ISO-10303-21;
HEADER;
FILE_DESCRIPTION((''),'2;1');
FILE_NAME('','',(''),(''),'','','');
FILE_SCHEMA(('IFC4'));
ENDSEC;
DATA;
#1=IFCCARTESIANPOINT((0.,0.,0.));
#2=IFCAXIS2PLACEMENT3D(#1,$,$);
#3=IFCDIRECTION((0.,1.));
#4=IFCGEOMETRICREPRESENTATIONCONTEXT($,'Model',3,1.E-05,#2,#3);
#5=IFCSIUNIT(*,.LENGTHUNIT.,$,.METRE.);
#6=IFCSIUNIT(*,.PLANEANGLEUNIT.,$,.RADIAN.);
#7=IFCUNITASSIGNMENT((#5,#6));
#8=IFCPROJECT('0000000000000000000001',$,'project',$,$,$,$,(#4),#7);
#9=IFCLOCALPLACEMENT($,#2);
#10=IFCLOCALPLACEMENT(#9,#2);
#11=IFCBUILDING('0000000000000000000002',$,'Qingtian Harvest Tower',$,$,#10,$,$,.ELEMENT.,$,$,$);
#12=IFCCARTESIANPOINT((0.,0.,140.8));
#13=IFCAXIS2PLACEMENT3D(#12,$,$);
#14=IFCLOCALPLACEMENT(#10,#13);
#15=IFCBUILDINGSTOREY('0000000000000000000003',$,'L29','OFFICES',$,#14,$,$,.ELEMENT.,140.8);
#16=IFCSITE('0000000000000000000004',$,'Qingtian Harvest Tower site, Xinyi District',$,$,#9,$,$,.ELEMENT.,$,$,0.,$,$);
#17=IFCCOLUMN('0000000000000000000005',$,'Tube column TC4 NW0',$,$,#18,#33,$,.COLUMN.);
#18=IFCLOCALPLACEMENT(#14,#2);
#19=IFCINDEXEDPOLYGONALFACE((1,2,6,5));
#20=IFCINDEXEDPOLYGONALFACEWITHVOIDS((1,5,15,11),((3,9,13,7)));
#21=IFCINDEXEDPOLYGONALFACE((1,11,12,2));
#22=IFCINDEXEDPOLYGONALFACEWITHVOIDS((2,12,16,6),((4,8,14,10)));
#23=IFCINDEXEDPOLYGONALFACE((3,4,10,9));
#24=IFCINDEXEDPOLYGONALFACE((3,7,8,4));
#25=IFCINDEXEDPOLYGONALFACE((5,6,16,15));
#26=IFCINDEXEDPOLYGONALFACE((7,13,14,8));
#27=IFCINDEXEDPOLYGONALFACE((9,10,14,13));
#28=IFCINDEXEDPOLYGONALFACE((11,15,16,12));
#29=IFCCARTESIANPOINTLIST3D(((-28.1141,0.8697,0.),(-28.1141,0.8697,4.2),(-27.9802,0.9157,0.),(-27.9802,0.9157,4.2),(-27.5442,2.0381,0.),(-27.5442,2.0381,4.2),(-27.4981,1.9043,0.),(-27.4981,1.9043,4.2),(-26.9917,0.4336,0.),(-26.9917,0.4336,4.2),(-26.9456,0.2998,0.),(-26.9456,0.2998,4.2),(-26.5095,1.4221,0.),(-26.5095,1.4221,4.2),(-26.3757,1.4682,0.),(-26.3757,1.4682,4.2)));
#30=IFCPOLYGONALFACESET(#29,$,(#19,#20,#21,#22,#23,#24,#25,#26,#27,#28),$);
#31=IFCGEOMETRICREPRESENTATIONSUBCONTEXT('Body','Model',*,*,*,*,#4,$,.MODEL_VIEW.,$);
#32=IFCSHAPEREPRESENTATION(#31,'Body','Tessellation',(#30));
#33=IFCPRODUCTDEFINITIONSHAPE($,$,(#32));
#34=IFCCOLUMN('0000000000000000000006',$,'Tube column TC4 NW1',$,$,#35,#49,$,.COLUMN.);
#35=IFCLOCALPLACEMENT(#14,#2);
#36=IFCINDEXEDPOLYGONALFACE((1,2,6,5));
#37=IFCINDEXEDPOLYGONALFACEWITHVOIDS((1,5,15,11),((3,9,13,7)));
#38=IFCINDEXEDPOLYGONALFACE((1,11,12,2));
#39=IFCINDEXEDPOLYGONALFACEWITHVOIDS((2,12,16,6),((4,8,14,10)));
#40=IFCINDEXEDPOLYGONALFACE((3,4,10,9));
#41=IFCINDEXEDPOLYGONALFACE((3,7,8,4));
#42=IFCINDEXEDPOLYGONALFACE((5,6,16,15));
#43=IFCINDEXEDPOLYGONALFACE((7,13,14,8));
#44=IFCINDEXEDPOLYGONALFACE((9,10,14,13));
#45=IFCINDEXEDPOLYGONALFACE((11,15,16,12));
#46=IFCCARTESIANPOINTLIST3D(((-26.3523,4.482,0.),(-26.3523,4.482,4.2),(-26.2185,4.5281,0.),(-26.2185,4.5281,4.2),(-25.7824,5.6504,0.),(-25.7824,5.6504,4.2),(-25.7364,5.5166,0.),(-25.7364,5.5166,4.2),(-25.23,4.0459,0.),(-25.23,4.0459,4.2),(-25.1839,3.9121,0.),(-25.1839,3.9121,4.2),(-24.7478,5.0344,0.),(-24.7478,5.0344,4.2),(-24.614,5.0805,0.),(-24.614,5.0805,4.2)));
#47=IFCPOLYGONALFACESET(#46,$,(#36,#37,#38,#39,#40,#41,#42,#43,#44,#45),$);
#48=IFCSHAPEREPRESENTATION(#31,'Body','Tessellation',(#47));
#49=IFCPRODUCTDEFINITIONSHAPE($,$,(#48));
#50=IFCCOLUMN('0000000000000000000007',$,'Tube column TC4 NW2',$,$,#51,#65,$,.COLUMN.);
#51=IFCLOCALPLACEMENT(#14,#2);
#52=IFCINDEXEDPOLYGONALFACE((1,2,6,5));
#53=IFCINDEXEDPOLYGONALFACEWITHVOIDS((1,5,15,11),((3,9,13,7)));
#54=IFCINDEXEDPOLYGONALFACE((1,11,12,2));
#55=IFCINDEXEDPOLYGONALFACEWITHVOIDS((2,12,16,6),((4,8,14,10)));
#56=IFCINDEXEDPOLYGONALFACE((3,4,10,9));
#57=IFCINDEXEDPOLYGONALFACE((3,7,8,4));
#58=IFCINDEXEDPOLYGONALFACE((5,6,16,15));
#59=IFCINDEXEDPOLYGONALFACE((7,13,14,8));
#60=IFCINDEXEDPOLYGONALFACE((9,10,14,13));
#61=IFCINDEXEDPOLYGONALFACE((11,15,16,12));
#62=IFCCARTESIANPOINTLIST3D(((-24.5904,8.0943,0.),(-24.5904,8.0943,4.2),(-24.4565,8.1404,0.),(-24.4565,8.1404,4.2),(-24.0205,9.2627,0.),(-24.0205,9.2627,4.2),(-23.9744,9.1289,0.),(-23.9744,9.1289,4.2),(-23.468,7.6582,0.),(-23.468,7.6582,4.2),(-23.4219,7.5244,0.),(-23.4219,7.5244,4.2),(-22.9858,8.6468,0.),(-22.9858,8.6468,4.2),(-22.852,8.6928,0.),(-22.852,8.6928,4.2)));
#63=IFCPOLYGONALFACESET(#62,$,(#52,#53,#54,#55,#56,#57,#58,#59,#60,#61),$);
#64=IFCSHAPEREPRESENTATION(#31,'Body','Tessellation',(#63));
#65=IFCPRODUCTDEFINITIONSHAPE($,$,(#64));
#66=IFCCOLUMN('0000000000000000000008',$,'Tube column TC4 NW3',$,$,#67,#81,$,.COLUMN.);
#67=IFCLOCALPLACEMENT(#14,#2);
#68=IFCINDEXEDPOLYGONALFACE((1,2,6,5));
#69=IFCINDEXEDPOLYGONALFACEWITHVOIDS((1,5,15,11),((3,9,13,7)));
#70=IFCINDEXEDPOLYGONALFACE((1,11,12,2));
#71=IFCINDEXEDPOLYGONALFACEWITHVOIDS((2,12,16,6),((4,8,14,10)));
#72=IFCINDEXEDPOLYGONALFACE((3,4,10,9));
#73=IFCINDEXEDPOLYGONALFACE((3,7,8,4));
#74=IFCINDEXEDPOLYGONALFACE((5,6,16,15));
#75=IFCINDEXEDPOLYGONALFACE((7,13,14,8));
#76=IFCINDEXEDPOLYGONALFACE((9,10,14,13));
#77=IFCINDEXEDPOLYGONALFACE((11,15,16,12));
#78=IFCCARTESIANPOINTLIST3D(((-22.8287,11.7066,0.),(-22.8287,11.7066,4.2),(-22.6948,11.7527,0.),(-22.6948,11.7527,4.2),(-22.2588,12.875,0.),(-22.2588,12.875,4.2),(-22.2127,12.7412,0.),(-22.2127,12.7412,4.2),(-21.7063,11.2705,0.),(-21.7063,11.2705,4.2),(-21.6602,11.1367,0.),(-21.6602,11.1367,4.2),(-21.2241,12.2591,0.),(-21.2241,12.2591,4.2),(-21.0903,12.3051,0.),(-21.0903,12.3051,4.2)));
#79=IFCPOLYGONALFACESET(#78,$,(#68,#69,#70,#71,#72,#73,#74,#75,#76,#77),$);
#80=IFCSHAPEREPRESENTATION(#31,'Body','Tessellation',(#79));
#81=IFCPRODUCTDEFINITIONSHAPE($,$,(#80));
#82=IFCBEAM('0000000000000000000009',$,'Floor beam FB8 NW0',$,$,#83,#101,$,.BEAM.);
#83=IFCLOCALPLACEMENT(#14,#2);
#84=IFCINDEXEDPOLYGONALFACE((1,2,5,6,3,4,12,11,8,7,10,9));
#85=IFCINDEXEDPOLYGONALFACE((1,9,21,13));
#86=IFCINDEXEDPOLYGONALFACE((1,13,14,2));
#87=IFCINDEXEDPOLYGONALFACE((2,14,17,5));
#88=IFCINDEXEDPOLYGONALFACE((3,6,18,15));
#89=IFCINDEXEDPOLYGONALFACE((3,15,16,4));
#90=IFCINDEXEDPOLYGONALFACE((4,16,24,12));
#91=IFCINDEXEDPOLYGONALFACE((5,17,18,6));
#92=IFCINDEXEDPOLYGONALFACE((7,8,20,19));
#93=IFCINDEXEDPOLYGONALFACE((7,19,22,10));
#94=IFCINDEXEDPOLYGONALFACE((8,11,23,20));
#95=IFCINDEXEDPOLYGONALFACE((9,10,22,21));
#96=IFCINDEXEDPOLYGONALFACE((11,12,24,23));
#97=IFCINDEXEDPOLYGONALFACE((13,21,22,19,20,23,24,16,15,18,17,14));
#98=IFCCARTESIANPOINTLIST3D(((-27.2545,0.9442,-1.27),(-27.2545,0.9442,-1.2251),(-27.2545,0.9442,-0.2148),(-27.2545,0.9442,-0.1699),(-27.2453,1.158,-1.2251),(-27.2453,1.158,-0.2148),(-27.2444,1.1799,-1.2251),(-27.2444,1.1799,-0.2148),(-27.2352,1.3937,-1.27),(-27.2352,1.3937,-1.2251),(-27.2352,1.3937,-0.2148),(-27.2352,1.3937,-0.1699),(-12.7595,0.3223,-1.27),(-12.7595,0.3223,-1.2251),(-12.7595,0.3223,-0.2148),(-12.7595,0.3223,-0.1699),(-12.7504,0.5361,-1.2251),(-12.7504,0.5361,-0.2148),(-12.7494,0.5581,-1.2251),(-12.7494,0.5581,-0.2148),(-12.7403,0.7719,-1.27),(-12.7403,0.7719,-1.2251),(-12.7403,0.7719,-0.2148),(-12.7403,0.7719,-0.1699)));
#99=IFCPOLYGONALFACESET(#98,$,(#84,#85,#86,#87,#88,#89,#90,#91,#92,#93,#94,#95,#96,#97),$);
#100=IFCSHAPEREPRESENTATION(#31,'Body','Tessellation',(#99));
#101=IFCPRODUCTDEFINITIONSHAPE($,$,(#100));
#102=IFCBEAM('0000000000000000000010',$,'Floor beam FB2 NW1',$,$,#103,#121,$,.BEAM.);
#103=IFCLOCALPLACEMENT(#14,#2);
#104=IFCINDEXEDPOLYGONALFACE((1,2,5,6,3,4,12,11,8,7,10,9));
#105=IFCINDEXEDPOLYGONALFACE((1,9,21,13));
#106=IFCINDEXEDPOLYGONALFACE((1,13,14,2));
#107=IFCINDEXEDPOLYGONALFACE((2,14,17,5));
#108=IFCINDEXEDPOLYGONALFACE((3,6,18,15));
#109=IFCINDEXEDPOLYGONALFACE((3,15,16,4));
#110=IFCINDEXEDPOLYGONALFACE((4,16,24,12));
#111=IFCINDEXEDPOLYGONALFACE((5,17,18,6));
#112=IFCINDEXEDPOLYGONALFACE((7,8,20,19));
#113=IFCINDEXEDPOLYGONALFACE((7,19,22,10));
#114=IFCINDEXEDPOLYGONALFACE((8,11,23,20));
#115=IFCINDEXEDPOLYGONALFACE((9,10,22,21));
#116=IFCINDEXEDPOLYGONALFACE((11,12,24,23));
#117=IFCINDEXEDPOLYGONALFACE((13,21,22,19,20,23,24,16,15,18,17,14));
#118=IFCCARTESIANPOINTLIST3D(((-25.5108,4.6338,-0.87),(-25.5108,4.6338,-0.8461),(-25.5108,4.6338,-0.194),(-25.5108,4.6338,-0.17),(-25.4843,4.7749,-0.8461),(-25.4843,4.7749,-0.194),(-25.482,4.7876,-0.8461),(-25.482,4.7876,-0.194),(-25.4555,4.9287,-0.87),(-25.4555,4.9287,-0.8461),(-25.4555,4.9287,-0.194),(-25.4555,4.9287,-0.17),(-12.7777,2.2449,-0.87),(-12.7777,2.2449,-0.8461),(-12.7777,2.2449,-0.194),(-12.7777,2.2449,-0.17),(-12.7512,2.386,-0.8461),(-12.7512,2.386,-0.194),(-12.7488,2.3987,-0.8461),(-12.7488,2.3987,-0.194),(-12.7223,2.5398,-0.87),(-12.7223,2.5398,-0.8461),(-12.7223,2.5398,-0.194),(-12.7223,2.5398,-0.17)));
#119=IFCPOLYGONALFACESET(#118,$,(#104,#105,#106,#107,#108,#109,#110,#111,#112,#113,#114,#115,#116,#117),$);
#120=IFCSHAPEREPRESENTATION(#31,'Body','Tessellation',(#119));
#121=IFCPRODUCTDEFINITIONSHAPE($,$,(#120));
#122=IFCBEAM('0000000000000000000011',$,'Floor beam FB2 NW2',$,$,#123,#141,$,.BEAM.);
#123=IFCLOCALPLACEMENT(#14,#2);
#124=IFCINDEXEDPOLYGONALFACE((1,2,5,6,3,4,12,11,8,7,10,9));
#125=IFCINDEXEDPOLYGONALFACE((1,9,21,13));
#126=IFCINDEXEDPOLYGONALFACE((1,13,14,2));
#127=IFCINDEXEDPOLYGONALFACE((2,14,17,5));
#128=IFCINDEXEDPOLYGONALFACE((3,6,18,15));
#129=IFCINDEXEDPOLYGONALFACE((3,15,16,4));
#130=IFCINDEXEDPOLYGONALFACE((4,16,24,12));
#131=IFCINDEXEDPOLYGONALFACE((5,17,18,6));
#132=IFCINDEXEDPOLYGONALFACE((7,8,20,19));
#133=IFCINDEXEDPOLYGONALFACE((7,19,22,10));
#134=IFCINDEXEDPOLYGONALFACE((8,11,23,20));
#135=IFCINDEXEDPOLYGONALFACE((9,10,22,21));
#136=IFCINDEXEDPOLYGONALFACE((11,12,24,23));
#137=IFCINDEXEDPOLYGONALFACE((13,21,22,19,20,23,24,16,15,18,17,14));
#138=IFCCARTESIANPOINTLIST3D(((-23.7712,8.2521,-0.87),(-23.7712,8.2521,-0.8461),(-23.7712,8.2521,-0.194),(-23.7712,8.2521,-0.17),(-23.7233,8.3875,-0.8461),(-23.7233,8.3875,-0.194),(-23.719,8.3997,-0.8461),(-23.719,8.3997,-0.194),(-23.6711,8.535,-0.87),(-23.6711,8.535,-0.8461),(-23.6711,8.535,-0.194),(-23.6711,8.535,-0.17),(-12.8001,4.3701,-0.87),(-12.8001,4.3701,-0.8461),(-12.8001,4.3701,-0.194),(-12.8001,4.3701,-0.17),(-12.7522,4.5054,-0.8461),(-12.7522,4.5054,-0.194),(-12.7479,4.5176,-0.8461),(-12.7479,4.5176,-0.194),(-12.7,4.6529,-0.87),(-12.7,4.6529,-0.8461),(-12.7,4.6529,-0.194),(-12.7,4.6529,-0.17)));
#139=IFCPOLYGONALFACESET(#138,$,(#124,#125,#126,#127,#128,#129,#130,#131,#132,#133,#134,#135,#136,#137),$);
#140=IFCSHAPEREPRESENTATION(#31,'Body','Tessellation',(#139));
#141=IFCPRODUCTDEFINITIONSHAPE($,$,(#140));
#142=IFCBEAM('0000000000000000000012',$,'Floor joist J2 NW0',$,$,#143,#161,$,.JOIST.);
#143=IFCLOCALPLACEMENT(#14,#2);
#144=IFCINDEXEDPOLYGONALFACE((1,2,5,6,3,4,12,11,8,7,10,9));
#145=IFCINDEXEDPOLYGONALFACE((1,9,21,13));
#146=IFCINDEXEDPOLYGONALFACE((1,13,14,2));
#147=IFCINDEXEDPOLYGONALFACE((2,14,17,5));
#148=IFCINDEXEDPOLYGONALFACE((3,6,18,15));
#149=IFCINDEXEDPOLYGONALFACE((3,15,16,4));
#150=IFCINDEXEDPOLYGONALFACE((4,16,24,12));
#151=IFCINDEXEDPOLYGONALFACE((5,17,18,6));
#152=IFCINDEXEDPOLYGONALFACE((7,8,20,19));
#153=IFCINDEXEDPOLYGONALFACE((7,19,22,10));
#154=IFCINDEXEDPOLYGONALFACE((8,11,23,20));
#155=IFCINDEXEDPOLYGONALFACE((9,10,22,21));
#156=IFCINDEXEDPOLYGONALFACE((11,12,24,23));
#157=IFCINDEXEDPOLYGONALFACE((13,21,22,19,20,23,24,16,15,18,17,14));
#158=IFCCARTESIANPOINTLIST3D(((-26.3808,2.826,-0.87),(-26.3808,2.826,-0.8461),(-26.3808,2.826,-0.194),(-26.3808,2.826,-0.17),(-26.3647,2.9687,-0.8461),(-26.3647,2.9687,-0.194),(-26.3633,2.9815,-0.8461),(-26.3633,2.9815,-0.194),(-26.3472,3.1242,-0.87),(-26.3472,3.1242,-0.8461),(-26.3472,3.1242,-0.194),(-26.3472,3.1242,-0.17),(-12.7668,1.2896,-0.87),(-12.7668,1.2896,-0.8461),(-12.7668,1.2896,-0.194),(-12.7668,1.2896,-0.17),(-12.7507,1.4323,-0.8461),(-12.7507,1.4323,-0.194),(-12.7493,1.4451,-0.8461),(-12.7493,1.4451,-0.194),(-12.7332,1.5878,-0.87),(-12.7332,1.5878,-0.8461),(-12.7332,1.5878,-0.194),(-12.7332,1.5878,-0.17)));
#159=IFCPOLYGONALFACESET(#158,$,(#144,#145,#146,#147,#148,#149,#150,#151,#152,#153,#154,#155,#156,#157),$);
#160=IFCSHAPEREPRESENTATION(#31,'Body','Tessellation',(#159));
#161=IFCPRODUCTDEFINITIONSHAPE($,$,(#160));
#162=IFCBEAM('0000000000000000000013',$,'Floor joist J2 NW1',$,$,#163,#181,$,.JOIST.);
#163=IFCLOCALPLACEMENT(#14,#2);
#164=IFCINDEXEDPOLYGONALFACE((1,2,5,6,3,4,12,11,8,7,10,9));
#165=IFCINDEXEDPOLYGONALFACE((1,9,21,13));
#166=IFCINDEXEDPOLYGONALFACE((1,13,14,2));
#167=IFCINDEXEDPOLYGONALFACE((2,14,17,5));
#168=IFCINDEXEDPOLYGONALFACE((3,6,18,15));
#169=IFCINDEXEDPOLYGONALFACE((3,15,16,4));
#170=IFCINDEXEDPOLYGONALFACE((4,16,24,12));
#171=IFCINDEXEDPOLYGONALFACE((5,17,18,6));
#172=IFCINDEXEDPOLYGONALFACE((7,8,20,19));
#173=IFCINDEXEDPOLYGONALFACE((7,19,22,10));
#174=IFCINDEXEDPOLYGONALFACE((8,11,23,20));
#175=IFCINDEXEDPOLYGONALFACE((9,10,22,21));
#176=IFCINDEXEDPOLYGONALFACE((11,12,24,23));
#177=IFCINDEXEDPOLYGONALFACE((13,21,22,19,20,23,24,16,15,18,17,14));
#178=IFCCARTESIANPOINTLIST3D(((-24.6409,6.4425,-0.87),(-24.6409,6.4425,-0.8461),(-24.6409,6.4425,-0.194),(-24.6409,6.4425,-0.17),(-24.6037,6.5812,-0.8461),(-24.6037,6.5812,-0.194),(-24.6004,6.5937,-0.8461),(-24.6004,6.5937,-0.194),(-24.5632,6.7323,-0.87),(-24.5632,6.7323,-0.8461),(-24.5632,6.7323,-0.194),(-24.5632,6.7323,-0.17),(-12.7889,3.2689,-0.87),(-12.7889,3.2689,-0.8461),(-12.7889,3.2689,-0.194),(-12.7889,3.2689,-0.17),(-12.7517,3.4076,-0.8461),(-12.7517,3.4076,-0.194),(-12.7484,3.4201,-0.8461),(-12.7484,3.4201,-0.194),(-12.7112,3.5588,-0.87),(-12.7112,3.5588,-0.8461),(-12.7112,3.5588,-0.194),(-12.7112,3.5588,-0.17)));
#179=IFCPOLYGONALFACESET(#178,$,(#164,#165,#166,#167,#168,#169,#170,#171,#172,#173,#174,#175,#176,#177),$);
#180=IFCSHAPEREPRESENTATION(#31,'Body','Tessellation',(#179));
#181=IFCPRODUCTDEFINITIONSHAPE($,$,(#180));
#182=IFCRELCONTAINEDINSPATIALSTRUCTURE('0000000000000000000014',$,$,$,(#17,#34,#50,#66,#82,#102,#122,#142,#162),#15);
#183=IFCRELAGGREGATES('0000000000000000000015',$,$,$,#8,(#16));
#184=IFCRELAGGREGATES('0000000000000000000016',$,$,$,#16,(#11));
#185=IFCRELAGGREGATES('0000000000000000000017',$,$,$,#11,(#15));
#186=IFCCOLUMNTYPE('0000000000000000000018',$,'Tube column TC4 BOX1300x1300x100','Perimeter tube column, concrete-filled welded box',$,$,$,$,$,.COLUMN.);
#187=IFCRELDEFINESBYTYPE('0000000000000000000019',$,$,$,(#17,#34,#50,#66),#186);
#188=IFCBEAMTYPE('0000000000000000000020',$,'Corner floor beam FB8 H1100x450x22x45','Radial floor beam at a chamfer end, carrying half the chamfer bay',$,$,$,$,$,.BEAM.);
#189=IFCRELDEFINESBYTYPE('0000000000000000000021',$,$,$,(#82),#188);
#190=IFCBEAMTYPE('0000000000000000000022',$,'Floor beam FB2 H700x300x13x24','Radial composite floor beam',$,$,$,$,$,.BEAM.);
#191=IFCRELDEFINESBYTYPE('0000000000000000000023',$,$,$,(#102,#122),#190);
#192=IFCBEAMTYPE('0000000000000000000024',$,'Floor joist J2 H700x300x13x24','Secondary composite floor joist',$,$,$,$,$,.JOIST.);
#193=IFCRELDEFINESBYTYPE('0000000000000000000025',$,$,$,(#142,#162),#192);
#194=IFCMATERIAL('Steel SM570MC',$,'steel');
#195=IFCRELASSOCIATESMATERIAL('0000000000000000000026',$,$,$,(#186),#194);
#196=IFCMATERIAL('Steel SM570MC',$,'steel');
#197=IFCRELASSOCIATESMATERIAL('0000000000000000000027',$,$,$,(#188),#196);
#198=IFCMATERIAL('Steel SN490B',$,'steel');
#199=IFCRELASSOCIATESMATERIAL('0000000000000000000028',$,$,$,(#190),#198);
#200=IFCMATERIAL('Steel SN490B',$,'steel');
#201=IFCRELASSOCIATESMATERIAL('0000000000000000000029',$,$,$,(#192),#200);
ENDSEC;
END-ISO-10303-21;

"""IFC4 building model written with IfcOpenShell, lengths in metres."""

from ifc_helpers import new_model, si_unit, direction, frame, origin, origin_2d, place, context, subcontext, project, spatial, hollow_rectangle, i_section, extrude, material, material_profile, profile_set, type_object, element, save


model = new_model("IFC4")

# Units and contexts
model_context = context("Model", 3, precision=1e-05, world=origin(), true_north=direction((0.0, 1.0)))
body_context = subcontext(model_context, "Body", "Model", "MODEL_VIEW")
ifc_project = project(units=[si_unit("LENGTHUNIT", "METRE"), si_unit("PLANEANGLEUNIT", "RADIAN")], contexts=[model_context])

# Site, building, storey
site_placement = place(None, origin())
site = spatial("IfcSite", under=ifc_project, at=site_placement, Name="Qingtian Harvest Tower site, Xinyi District", CompositionType="ELEMENT", RefElevation=0.0)
building_placement = place(site_placement, origin())
building = spatial("IfcBuilding", under=site, at=building_placement, Name="Qingtian Harvest Tower", CompositionType="ELEMENT")
storey_placement = place(building_placement, frame((0.0, 0.0, 140.8)))
storey = spatial("IfcBuildingStorey", under=building, at=storey_placement, Name="L29", Description="OFFICES", CompositionType="ELEMENT", Elevation=140.8)

# Columns
ifc_material_1 = material(Name="Steel SM570MC", Category="steel")
ifc_material_profile_1 = material_profile(ifc_material_1, hollow_rectangle(XDim=1.3, YDim=1.3, WallThickness=0.1001, at=origin_2d()), Name="BOX1300x1300x100")
ifc_profile_set_1 = profile_set([ifc_material_profile_1], Name="Steel SM570MC")
column_type = type_object("IfcColumnType", Name="Tube column TC4 BOX1300x1300x100", Description="Perimeter tube column, concrete-filled welded box", PredefinedType="COLUMN", material=ifc_profile_set_1)
for number, where, z_axis, x_axis, name in (
    (1, (-27.2449, 1.1689, 0.0), (0.0, 0.0, 1.0), (-0.438371, -0.898794, 0.0), "Tube column TC4 NW0"),
    (2, (-25.4832, 4.7812, 0.0), (0.0, 0.0, 1.0), (-0.438371, -0.898794, 0.0), "Tube column TC4 NW1"),
    (3, (-23.7212, 8.3936, 0.0), (0.0, 0.0, 1.0), (-0.438371, -0.898794, 0.0), "Tube column TC4 NW2"),
    (4, (-21.9595, 12.0059, 0.0), (0.0, 0.0, 1.0), (-0.438371, -0.898794, 0.0), "Tube column TC4 NW3"),
):
    element("IfcColumn", number, at=place(storey_placement, frame(where, z_axis=z_axis, x_axis=x_axis)), inside=storey, type_object=column_type, Name=name, PredefinedType="COLUMN", context=body_context, shape_type="SweptSolid", body=[
        extrude(hollow_rectangle(XDim=1.3, YDim=1.3, WallThickness=0.1001, at=origin_2d()), origin(), (0.0, 0.0, 1.0), 4.2),
    ])

# Beams
ifc_material_2 = material(Name="Steel SM570MC", Category="steel")
ifc_material_profile_2 = material_profile(ifc_material_2, i_section(OverallWidth=0.45, OverallDepth=1.1001, WebThickness=0.022, FlangeThickness=0.0449, at=origin_2d()), Name="H1100x450x22x45")
ifc_profile_set_2 = profile_set([ifc_material_profile_2], Name="Steel SM570MC")
beam_type_1 = type_object("IfcBeamType", Name="Corner floor beam FB8 H1100x450x22x45", Description="Radial floor beam at a chamfer end, carrying half the chamfer bay", PredefinedType="BEAM", material=ifc_profile_set_2)
beam_1_placement = place(storey_placement, frame((-27.2449, 1.1689, -0.72), z_axis=(0.999081, -0.04286, 0.0), x_axis=(0.04286, 0.999081, 0.0)))
element("IfcBeam", 5, at=beam_1_placement, inside=storey, type_object=beam_type_1, Name="Floor beam FB8 NW0", PredefinedType="BEAM", context=body_context, shape_type="SweptSolid", body=[
    extrude(i_section(OverallWidth=0.45, OverallDepth=1.1001, WebThickness=0.022, FlangeThickness=0.0449, at=origin_2d()), origin(), (0.0, 0.0, 1.0), 14.5083),
])
ifc_material_3 = material(Name="Steel SN490B", Category="steel")
ifc_material_profile_3 = material_profile(ifc_material_3, i_section(OverallWidth=0.3, OverallDepth=0.7, WebThickness=0.0129, FlangeThickness=0.0239, at=origin_2d()), Name="H700x300x13x24")
ifc_profile_set_3 = profile_set([ifc_material_profile_3], Name="Steel SN490B")
beam_type_2 = type_object("IfcBeamType", Name="Floor beam FB2 H700x300x13x24", Description="Radial composite floor beam", PredefinedType="BEAM", material=ifc_profile_set_3)
beam_2_placement = place(storey_placement, frame((-25.4832, 4.7812, -0.52), z_axis=(0.982852, -0.184397, 0.0), x_axis=(0.184397, 0.982852, 0.0)))
element("IfcBeam", 6, at=beam_2_placement, inside=storey, type_object=beam_type_2, Name="Floor beam FB2 NW1", PredefinedType="BEAM", context=body_context, shape_type="SweptSolid", body=[
    extrude(i_section(OverallWidth=0.3, OverallDepth=0.7, WebThickness=0.0129, FlangeThickness=0.0239, at=origin_2d()), origin(), (0.0, 0.0, 1.0), 12.9553),
])
beam_3_placement = place(storey_placement, frame((-23.7212, 8.3936, -0.52), z_axis=(0.942723, -0.333576, 0.0), x_axis=(0.333576, 0.942723, 0.0)))
element("IfcBeam", 7, at=beam_3_placement, inside=storey, type_object=beam_type_2, Name="Floor beam FB2 NW2", PredefinedType="BEAM", context=body_context, shape_type="SweptSolid", body=[
    extrude(i_section(OverallWidth=0.3, OverallDepth=0.7, WebThickness=0.0129, FlangeThickness=0.0239, at=origin_2d()), origin(), (0.0, 0.0, 1.0), 11.6377),
])
ifc_material_4 = material(Name="Steel SN490B", Category="steel")
ifc_material_profile_4 = material_profile(ifc_material_4, i_section(OverallWidth=0.3, OverallDepth=0.7, WebThickness=0.0129, FlangeThickness=0.0239, at=origin_2d()), Name="H700x300x13x24")
ifc_profile_set_4 = profile_set([ifc_material_profile_4], Name="Steel SN490B")
beam_type_3 = type_object("IfcBeamType", Name="Floor joist J2 H700x300x13x24", Description="Secondary composite floor joist", PredefinedType="JOIST", material=ifc_profile_set_4)
beam_4_placement = place(storey_placement, frame((-26.364, 2.9751, -0.52), z_axis=(0.993692, -0.112141, 0.0), x_axis=(0.112141, 0.993692, 0.0)))
element("IfcBeam", 8, at=beam_4_placement, inside=storey, type_object=beam_type_3, Name="Floor joist J2 NW0", PredefinedType="JOIST", context=body_context, shape_type="SweptSolid", body=[
    extrude(i_section(OverallWidth=0.3, OverallDepth=0.7, WebThickness=0.0129, FlangeThickness=0.0239, at=origin_2d()), origin(), (0.0, 0.0, 1.0), 13.7004),
])
beam_5_placement = place(storey_placement, frame((-24.6021, 6.5874, -0.52), z_axis=(0.96597, -0.258655, 0.0), x_axis=(0.258655, 0.96597, 0.0)))
element("IfcBeam", 9, at=beam_5_placement, inside=storey, type_object=beam_type_3, Name="Floor joist J2 NW1", PredefinedType="JOIST", context=body_context, shape_type="SweptSolid", body=[
    extrude(i_section(OverallWidth=0.3, OverallDepth=0.7, WebThickness=0.0129, FlangeThickness=0.0239, at=origin_2d()), origin(), (0.0, 0.0, 1.0), 12.2695),
])

save(model, "model.ifc")
